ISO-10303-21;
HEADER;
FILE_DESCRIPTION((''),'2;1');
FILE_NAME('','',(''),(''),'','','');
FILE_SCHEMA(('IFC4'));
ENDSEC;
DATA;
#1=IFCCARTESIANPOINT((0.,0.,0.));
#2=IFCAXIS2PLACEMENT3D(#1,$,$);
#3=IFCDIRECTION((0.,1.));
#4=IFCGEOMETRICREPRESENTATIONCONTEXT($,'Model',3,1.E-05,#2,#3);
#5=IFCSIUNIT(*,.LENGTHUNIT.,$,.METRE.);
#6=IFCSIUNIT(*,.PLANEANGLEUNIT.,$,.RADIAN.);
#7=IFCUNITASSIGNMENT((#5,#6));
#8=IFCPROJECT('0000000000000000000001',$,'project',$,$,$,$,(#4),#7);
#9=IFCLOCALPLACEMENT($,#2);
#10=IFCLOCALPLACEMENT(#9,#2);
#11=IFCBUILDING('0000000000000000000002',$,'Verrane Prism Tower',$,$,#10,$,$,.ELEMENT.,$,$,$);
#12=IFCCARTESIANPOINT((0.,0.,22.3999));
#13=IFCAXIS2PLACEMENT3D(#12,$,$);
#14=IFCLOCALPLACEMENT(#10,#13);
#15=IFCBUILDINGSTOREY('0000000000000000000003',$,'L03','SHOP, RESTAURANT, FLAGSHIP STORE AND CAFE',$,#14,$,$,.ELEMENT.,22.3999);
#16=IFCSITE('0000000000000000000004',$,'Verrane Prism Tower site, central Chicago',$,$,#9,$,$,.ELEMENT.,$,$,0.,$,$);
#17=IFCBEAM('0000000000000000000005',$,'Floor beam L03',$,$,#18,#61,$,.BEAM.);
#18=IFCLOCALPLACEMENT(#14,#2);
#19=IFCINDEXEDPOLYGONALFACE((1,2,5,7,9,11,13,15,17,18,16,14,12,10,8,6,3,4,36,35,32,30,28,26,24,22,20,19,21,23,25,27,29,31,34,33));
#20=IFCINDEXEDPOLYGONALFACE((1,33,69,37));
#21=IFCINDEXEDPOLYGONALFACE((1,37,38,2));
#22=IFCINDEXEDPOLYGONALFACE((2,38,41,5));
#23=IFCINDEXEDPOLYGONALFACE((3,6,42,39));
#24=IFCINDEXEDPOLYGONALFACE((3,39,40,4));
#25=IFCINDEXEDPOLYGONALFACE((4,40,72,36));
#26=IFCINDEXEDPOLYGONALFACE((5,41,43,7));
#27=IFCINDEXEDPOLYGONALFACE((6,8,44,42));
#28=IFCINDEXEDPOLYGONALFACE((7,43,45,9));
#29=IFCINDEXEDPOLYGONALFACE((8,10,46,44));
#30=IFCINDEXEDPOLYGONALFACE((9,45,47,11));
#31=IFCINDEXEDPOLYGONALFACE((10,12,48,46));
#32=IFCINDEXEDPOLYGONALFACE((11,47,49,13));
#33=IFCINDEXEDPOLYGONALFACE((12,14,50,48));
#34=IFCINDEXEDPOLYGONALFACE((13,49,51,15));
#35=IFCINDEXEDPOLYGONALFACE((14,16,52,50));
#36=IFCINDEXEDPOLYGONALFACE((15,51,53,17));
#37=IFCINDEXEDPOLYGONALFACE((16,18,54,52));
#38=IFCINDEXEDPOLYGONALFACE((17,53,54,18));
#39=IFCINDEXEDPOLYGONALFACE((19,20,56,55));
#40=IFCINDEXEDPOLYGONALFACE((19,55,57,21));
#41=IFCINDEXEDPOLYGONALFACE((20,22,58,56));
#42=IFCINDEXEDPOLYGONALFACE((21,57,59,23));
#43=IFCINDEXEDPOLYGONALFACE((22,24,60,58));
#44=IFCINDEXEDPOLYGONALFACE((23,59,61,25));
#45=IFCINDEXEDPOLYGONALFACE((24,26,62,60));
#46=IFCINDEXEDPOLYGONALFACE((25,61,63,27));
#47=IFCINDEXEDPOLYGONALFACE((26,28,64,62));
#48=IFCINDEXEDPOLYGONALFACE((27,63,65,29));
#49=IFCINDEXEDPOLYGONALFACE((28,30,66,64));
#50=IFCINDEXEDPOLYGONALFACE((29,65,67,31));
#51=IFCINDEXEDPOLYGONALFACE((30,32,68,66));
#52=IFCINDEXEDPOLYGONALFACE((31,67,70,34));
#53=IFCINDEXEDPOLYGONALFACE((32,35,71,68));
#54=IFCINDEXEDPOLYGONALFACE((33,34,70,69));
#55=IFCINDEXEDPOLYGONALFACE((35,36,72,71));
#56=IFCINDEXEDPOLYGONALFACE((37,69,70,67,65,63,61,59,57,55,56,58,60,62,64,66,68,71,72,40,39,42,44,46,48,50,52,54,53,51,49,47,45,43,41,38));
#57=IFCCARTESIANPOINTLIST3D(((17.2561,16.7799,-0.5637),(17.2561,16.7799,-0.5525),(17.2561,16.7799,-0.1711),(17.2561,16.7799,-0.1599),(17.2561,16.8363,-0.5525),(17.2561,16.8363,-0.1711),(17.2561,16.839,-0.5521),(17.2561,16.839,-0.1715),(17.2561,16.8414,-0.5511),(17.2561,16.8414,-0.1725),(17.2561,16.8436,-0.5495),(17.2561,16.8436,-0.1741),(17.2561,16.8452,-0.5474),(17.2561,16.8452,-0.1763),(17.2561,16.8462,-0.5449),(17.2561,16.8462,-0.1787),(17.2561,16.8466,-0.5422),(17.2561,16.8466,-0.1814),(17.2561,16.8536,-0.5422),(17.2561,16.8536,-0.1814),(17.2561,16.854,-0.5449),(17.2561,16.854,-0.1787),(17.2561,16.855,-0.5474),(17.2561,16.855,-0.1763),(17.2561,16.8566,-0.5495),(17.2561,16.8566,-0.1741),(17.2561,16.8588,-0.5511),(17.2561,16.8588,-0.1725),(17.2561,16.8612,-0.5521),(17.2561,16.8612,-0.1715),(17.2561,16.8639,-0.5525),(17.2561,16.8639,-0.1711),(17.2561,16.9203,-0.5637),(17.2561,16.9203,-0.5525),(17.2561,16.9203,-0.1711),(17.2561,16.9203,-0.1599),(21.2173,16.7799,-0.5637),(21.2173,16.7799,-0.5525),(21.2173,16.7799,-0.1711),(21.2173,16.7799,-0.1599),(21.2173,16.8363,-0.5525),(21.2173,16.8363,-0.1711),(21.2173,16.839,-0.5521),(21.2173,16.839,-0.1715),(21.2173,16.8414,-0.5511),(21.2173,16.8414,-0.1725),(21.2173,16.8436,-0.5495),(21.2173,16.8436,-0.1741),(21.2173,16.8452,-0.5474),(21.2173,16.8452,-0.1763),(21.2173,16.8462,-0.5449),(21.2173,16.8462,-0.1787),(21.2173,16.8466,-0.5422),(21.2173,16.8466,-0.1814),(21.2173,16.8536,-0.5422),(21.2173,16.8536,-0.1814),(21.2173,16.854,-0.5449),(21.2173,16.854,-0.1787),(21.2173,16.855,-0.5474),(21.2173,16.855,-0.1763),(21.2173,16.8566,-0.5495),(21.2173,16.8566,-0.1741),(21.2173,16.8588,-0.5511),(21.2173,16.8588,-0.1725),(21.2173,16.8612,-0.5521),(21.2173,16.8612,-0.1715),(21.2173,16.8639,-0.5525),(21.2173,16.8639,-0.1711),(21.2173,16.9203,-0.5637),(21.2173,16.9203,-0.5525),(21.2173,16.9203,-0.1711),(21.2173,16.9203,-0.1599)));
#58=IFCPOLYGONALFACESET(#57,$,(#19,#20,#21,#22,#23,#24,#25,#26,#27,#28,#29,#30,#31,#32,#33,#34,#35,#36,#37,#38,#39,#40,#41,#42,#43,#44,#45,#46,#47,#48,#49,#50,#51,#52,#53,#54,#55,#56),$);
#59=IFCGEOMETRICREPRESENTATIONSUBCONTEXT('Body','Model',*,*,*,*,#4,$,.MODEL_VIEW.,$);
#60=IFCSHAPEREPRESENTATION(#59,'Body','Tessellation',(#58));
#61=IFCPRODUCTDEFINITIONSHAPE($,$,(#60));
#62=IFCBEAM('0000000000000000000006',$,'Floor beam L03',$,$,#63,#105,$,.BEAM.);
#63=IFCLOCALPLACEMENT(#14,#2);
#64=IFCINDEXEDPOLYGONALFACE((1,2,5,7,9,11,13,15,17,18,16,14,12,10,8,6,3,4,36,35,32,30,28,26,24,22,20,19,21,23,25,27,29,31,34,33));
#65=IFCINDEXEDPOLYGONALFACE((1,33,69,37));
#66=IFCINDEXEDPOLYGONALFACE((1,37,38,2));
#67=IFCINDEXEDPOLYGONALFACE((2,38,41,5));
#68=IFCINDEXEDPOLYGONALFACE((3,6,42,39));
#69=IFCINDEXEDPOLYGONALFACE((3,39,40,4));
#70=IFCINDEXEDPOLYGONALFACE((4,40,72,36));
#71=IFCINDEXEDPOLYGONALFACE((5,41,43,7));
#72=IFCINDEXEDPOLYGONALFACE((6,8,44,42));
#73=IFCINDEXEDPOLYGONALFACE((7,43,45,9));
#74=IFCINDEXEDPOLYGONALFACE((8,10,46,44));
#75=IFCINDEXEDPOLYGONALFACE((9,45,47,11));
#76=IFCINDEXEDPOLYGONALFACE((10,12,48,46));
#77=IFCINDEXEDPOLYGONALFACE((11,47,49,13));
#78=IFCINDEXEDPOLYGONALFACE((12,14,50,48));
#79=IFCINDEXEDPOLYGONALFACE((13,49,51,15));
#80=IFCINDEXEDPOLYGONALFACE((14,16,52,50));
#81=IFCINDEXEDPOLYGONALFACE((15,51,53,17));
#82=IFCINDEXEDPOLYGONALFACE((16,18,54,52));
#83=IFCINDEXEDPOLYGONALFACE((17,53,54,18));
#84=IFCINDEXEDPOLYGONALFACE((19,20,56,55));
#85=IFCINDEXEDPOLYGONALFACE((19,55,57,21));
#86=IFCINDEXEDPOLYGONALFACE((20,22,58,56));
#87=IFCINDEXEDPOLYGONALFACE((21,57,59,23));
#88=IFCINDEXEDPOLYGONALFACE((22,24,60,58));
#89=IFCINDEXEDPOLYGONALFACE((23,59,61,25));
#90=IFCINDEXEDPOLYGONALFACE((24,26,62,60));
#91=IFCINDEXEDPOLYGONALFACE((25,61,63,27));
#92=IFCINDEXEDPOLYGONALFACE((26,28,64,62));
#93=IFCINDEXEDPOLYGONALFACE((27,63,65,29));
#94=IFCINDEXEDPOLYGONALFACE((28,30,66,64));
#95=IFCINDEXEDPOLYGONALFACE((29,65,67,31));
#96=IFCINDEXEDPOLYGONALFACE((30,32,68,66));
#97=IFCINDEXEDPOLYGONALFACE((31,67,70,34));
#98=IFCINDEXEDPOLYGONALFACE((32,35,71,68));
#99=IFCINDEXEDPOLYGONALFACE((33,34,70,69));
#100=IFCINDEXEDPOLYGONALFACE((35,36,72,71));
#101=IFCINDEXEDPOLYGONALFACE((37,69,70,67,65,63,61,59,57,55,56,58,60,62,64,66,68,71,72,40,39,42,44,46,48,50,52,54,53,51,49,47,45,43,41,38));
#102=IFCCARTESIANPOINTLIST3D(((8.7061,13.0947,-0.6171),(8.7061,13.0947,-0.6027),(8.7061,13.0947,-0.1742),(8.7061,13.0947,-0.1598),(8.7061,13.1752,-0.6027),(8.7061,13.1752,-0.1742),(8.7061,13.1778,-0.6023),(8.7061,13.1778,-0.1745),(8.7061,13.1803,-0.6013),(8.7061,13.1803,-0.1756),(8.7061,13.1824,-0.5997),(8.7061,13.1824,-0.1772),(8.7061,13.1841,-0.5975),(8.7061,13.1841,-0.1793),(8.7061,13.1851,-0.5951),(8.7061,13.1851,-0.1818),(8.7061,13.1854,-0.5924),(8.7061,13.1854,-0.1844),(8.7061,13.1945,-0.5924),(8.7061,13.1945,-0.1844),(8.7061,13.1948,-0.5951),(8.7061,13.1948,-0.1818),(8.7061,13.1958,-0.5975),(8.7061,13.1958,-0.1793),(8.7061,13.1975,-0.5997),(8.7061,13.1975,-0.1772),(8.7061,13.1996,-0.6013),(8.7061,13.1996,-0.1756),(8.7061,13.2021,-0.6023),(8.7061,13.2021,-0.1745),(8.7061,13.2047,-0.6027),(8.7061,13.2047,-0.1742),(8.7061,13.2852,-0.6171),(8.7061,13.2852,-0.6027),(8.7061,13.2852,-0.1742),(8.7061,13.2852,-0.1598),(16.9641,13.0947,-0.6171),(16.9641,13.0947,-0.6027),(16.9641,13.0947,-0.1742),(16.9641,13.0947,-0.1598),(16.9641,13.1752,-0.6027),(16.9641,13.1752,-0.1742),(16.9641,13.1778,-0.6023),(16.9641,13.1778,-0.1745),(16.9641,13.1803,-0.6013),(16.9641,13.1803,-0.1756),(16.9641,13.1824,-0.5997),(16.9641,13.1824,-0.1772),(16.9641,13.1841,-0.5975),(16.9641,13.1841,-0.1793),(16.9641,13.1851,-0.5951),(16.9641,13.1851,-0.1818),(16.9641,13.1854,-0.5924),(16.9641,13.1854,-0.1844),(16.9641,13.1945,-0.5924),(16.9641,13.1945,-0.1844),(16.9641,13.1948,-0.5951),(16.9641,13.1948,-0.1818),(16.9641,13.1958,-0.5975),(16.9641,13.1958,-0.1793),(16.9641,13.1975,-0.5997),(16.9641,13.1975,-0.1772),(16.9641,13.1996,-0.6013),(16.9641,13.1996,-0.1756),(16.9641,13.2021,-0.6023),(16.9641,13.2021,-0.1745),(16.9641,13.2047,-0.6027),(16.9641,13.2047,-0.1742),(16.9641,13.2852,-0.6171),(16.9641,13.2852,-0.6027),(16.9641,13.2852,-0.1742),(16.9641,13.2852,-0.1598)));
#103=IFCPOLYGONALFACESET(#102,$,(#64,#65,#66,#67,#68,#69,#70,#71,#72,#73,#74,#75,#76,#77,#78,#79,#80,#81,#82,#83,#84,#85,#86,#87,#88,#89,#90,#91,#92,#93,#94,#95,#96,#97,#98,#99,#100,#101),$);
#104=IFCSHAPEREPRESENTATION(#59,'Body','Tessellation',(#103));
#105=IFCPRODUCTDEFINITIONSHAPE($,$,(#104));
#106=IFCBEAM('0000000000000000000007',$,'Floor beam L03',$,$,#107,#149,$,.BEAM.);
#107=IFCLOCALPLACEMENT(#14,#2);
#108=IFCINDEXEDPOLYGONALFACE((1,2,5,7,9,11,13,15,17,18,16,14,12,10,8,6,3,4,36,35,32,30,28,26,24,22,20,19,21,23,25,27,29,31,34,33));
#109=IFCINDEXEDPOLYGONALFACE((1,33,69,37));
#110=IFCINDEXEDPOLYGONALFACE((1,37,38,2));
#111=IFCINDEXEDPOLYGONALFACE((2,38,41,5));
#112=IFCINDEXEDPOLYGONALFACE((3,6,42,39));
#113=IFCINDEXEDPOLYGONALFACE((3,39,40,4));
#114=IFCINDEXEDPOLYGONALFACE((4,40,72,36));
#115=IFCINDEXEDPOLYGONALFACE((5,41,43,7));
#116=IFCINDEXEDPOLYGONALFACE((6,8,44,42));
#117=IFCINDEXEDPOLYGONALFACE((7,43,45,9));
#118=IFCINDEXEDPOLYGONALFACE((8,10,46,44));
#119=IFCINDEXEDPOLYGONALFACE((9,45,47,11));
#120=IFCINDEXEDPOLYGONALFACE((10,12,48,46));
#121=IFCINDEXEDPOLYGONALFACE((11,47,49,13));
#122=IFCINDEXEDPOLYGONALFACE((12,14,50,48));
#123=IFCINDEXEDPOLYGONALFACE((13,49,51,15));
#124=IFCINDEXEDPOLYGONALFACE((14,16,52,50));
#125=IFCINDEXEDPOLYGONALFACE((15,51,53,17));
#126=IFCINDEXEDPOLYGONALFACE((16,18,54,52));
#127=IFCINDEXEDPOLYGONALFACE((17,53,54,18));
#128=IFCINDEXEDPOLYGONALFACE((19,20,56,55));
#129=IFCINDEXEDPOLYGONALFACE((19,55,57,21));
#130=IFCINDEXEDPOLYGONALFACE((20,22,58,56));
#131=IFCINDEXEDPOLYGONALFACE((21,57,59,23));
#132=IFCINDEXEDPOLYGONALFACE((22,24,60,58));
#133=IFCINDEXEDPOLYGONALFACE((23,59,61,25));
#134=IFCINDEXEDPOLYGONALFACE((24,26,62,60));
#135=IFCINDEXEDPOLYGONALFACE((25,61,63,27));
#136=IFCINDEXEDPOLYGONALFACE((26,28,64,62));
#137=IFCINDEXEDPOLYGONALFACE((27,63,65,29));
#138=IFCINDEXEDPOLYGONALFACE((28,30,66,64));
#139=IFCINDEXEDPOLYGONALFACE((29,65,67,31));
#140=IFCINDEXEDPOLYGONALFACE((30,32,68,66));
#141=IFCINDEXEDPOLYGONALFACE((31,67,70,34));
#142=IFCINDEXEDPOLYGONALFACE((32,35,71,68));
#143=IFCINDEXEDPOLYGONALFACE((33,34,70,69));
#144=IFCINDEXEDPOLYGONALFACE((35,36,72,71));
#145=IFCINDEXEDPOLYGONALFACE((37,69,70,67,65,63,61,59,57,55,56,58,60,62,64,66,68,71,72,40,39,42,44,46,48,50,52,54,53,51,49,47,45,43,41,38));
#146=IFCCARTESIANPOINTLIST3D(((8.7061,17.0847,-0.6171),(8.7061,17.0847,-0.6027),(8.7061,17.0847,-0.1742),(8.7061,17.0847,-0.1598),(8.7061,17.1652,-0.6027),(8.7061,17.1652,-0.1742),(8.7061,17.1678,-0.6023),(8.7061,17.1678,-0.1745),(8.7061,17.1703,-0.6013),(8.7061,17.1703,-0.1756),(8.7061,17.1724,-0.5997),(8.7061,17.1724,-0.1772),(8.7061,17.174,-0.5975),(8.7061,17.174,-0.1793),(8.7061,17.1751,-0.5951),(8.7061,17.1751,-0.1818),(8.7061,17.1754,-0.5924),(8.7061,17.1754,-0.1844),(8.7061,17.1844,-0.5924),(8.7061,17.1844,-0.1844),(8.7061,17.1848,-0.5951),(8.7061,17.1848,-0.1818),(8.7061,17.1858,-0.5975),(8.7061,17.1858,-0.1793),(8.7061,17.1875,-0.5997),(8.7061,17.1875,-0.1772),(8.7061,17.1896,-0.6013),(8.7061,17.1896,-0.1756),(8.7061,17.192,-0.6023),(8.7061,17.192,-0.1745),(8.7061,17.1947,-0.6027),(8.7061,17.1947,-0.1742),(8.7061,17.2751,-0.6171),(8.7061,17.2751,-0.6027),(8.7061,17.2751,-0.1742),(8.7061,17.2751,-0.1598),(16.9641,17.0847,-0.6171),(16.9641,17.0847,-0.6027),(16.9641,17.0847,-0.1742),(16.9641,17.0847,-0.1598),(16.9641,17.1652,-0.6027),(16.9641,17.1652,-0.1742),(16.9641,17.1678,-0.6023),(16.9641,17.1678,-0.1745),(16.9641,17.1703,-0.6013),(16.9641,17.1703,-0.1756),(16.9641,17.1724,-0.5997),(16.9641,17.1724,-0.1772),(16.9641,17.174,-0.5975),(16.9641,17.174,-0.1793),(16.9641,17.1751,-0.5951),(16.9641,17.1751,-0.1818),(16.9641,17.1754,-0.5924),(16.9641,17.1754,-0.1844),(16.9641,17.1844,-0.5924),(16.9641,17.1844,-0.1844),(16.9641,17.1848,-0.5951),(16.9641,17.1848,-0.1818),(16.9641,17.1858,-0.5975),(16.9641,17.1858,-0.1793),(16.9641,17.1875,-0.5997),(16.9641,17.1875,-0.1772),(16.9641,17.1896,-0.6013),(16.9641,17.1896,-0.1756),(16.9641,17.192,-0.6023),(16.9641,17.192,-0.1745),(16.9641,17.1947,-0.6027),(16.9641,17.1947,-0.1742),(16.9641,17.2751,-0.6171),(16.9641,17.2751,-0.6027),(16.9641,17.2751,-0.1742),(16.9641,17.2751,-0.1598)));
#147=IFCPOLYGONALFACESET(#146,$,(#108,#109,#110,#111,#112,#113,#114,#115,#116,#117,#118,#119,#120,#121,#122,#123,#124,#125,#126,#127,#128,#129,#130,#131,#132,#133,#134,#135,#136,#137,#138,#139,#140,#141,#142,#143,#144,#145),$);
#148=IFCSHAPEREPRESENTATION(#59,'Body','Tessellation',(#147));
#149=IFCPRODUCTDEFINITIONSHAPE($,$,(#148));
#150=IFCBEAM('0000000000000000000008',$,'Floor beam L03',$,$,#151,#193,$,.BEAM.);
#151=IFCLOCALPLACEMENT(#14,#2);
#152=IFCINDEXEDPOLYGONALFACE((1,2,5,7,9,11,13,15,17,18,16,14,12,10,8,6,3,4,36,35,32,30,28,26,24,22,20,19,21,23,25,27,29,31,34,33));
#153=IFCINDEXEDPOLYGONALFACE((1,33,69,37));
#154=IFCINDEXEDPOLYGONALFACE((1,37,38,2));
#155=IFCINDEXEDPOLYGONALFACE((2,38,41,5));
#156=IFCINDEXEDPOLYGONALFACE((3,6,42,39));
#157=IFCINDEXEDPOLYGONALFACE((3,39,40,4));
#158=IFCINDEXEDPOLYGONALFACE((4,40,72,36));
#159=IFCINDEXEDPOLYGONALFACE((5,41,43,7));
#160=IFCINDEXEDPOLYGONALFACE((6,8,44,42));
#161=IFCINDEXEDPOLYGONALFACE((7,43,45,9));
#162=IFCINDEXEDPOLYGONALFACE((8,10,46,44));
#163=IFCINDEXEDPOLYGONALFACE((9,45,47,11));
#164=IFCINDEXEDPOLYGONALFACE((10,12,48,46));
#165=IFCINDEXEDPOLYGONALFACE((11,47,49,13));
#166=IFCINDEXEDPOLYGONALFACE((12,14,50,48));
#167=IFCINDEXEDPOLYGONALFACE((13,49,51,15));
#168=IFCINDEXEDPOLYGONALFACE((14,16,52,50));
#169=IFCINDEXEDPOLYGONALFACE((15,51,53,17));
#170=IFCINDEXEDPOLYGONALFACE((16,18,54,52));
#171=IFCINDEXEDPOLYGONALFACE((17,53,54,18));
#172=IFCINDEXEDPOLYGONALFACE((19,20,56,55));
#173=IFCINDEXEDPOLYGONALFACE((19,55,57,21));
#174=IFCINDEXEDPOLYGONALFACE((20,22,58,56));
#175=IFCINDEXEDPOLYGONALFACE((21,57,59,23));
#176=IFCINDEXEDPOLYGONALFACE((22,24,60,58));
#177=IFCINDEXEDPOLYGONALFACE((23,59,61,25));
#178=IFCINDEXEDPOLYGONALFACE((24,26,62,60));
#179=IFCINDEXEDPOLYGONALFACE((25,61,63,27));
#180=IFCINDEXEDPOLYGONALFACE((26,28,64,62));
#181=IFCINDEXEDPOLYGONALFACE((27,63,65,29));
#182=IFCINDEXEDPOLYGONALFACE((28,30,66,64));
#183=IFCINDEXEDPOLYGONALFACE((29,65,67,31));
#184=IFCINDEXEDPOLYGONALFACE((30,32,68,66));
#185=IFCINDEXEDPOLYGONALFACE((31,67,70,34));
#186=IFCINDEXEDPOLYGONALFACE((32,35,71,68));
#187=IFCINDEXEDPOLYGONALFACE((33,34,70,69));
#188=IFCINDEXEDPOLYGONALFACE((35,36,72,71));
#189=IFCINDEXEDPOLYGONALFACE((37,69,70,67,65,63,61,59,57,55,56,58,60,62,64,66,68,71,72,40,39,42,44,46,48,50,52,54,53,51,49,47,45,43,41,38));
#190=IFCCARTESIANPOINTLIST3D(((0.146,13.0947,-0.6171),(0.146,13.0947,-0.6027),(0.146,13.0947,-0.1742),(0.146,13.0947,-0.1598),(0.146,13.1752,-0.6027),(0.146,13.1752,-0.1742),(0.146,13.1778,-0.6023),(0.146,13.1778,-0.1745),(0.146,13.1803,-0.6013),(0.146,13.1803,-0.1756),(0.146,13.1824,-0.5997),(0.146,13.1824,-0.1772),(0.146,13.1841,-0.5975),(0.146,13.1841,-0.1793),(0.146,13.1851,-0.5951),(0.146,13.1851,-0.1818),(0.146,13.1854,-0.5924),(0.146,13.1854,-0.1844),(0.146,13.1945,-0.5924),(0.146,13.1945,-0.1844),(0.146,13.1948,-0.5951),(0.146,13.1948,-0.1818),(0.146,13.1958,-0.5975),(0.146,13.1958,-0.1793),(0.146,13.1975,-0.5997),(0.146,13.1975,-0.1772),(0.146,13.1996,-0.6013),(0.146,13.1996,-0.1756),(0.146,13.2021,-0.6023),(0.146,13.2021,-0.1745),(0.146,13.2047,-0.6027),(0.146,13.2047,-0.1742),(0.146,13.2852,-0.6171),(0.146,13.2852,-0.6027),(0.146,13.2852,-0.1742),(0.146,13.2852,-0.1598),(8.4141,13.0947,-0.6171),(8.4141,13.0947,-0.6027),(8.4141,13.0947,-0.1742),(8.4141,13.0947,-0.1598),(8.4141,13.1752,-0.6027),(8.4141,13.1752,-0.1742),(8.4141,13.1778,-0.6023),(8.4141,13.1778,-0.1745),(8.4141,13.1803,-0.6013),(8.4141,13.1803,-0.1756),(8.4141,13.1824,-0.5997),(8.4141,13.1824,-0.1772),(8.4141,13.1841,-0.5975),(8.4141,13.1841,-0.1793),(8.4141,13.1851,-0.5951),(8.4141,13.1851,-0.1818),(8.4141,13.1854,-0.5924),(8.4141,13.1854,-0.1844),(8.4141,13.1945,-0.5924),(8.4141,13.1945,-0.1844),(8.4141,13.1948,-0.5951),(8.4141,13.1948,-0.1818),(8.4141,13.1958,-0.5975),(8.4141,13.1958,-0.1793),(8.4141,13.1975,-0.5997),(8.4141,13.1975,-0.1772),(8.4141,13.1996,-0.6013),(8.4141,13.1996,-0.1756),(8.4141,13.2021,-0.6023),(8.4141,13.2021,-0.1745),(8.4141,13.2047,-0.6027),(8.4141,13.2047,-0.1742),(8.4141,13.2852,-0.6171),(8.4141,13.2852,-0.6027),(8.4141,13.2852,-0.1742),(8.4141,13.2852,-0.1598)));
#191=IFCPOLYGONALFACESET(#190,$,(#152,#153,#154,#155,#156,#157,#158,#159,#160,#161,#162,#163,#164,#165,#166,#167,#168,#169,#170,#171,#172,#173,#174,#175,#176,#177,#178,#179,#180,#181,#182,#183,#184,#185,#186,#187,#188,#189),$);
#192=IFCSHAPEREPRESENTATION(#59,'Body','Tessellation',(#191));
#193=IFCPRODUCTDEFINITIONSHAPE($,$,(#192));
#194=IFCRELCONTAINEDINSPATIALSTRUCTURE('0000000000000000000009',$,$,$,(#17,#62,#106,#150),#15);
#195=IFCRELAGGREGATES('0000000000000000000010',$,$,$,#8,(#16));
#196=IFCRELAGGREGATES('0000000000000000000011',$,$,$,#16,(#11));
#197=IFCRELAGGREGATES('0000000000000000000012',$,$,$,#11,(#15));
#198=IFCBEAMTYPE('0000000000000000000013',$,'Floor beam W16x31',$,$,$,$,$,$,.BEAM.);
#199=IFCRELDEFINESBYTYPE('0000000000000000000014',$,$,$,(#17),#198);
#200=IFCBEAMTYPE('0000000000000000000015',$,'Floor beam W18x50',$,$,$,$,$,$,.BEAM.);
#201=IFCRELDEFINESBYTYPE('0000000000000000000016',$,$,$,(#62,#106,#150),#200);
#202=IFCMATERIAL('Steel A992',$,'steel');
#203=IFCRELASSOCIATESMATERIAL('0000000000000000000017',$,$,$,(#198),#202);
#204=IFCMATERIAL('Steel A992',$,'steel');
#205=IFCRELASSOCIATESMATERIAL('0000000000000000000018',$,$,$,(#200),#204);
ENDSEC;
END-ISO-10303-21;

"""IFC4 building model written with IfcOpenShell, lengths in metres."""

from ifc_helpers import new_model, si_unit, direction, frame, origin, origin_2d, place, context, subcontext, project, spatial, i_section, extrude, material, material_profile, profile_set, type_object, element, save


model = new_model("IFC4")

# Units and contexts
model_context = context("Model", 3, precision=1e-05, world=origin(), true_north=direction((0.0, 1.0)))
body_context = subcontext(model_context, "Body", "Model", "MODEL_VIEW")
ifc_project = project(units=[si_unit("LENGTHUNIT", "METRE"), si_unit("PLANEANGLEUNIT", "RADIAN")], contexts=[model_context])

# Site, building, storey
site_placement = place(None, origin())
site = spatial("IfcSite", under=ifc_project, at=site_placement, Name="Verrane Prism Tower site, central Chicago", CompositionType="ELEMENT", RefElevation=0.0)
building_placement = place(site_placement, origin())
building = spatial("IfcBuilding", under=site, at=building_placement, Name="Verrane Prism Tower", CompositionType="ELEMENT")
storey_placement = place(building_placement, frame((0.0, 0.0, 22.3999)))
storey = spatial("IfcBuildingStorey", under=building, at=storey_placement, Name="L03", Description="SHOP, RESTAURANT, FLAGSHIP STORE AND CAFE", CompositionType="ELEMENT", Elevation=22.3999)

# Beams
ifc_material_1 = material(Name="Steel A992", Category="steel")
ifc_material_profile_1 = material_profile(ifc_material_1, i_section(OverallWidth=0.1404, OverallDepth=0.4038, WebThickness=0.0071, FlangeThickness=0.0112, FilletRadius=0.0103, at=origin_2d()), Name="W16x31")
ifc_profile_set_1 = profile_set([ifc_material_profile_1], Name="Steel A992")
beam_type_1 = type_object("IfcBeamType", Name="Floor beam W16x31", PredefinedType="BEAM", material=ifc_profile_set_1)
beam_1_placement = place(storey_placement, frame((17.2561, 16.8501, -0.3618), z_axis=(1.0, 0.0, 0.0), x_axis=(0.0, 1.0, 0.0)))
element("IfcBeam", 1, at=beam_1_placement, inside=storey, type_object=beam_type_1, Name="Floor beam L03", PredefinedType="BEAM", context=body_context, shape_type="SweptSolid", body=[
    extrude(i_section(OverallWidth=0.1404, OverallDepth=0.4038, WebThickness=0.0071, FlangeThickness=0.0112, FilletRadius=0.0103, at=origin_2d()), origin(), (0.0, 0.0, 1.0), 3.9612),
])
ifc_material_2 = material(Name="Steel A992", Category="steel")
ifc_material_profile_2 = material_profile(ifc_material_2, i_section(OverallWidth=0.1904, OverallDepth=0.4573, WebThickness=0.009, FlangeThickness=0.0144, FilletRadius=0.0103, at=origin_2d()), Name="W18x50")
ifc_profile_set_2 = profile_set([ifc_material_profile_2], Name="Steel A992")
beam_type_2 = type_object("IfcBeamType", Name="Floor beam W18x50", PredefinedType="BEAM", material=ifc_profile_set_2)
for number, where, z_axis, x_axis, name in (
    (2, (8.7061, 13.1899, -0.3884), (1.0, 0.0, 0.0), (0.0, 1.0, 0.0), "Floor beam L03"),
    (3, (8.7061, 17.1799, -0.3884), (1.0, 0.0, 0.0), (0.0, 1.0, 0.0), "Floor beam L03"),
):
    element("IfcBeam", number, at=place(storey_placement, frame(where, z_axis=z_axis, x_axis=x_axis)), inside=storey, type_object=beam_type_2, Name=name, PredefinedType="BEAM", context=body_context, shape_type="SweptSolid", body=[
        extrude(i_section(OverallWidth=0.1904, OverallDepth=0.4573, WebThickness=0.009, FlangeThickness=0.0144, FilletRadius=0.0103, at=origin_2d()), origin(), (0.0, 0.0, 1.0), 8.2581),
    ])
for number, where, z_axis, x_axis, name in (
    (4, (0.146, 13.1899, -0.3884), (1.0, 0.0, 0.0), (0.0, 1.0, 0.0), "Floor beam L03"),
):
    element("IfcBeam", number, at=place(storey_placement, frame(where, z_axis=z_axis, x_axis=x_axis)), inside=storey, type_object=beam_type_2, Name=name, PredefinedType="BEAM", context=body_context, shape_type="SweptSolid", body=[
        extrude(i_section(OverallWidth=0.1904, OverallDepth=0.4573, WebThickness=0.009, FlangeThickness=0.0144, FilletRadius=0.0103, at=origin_2d()), origin(), (0.0, 0.0, 1.0), 8.2681),
    ])

save(model, "model.ifc")
